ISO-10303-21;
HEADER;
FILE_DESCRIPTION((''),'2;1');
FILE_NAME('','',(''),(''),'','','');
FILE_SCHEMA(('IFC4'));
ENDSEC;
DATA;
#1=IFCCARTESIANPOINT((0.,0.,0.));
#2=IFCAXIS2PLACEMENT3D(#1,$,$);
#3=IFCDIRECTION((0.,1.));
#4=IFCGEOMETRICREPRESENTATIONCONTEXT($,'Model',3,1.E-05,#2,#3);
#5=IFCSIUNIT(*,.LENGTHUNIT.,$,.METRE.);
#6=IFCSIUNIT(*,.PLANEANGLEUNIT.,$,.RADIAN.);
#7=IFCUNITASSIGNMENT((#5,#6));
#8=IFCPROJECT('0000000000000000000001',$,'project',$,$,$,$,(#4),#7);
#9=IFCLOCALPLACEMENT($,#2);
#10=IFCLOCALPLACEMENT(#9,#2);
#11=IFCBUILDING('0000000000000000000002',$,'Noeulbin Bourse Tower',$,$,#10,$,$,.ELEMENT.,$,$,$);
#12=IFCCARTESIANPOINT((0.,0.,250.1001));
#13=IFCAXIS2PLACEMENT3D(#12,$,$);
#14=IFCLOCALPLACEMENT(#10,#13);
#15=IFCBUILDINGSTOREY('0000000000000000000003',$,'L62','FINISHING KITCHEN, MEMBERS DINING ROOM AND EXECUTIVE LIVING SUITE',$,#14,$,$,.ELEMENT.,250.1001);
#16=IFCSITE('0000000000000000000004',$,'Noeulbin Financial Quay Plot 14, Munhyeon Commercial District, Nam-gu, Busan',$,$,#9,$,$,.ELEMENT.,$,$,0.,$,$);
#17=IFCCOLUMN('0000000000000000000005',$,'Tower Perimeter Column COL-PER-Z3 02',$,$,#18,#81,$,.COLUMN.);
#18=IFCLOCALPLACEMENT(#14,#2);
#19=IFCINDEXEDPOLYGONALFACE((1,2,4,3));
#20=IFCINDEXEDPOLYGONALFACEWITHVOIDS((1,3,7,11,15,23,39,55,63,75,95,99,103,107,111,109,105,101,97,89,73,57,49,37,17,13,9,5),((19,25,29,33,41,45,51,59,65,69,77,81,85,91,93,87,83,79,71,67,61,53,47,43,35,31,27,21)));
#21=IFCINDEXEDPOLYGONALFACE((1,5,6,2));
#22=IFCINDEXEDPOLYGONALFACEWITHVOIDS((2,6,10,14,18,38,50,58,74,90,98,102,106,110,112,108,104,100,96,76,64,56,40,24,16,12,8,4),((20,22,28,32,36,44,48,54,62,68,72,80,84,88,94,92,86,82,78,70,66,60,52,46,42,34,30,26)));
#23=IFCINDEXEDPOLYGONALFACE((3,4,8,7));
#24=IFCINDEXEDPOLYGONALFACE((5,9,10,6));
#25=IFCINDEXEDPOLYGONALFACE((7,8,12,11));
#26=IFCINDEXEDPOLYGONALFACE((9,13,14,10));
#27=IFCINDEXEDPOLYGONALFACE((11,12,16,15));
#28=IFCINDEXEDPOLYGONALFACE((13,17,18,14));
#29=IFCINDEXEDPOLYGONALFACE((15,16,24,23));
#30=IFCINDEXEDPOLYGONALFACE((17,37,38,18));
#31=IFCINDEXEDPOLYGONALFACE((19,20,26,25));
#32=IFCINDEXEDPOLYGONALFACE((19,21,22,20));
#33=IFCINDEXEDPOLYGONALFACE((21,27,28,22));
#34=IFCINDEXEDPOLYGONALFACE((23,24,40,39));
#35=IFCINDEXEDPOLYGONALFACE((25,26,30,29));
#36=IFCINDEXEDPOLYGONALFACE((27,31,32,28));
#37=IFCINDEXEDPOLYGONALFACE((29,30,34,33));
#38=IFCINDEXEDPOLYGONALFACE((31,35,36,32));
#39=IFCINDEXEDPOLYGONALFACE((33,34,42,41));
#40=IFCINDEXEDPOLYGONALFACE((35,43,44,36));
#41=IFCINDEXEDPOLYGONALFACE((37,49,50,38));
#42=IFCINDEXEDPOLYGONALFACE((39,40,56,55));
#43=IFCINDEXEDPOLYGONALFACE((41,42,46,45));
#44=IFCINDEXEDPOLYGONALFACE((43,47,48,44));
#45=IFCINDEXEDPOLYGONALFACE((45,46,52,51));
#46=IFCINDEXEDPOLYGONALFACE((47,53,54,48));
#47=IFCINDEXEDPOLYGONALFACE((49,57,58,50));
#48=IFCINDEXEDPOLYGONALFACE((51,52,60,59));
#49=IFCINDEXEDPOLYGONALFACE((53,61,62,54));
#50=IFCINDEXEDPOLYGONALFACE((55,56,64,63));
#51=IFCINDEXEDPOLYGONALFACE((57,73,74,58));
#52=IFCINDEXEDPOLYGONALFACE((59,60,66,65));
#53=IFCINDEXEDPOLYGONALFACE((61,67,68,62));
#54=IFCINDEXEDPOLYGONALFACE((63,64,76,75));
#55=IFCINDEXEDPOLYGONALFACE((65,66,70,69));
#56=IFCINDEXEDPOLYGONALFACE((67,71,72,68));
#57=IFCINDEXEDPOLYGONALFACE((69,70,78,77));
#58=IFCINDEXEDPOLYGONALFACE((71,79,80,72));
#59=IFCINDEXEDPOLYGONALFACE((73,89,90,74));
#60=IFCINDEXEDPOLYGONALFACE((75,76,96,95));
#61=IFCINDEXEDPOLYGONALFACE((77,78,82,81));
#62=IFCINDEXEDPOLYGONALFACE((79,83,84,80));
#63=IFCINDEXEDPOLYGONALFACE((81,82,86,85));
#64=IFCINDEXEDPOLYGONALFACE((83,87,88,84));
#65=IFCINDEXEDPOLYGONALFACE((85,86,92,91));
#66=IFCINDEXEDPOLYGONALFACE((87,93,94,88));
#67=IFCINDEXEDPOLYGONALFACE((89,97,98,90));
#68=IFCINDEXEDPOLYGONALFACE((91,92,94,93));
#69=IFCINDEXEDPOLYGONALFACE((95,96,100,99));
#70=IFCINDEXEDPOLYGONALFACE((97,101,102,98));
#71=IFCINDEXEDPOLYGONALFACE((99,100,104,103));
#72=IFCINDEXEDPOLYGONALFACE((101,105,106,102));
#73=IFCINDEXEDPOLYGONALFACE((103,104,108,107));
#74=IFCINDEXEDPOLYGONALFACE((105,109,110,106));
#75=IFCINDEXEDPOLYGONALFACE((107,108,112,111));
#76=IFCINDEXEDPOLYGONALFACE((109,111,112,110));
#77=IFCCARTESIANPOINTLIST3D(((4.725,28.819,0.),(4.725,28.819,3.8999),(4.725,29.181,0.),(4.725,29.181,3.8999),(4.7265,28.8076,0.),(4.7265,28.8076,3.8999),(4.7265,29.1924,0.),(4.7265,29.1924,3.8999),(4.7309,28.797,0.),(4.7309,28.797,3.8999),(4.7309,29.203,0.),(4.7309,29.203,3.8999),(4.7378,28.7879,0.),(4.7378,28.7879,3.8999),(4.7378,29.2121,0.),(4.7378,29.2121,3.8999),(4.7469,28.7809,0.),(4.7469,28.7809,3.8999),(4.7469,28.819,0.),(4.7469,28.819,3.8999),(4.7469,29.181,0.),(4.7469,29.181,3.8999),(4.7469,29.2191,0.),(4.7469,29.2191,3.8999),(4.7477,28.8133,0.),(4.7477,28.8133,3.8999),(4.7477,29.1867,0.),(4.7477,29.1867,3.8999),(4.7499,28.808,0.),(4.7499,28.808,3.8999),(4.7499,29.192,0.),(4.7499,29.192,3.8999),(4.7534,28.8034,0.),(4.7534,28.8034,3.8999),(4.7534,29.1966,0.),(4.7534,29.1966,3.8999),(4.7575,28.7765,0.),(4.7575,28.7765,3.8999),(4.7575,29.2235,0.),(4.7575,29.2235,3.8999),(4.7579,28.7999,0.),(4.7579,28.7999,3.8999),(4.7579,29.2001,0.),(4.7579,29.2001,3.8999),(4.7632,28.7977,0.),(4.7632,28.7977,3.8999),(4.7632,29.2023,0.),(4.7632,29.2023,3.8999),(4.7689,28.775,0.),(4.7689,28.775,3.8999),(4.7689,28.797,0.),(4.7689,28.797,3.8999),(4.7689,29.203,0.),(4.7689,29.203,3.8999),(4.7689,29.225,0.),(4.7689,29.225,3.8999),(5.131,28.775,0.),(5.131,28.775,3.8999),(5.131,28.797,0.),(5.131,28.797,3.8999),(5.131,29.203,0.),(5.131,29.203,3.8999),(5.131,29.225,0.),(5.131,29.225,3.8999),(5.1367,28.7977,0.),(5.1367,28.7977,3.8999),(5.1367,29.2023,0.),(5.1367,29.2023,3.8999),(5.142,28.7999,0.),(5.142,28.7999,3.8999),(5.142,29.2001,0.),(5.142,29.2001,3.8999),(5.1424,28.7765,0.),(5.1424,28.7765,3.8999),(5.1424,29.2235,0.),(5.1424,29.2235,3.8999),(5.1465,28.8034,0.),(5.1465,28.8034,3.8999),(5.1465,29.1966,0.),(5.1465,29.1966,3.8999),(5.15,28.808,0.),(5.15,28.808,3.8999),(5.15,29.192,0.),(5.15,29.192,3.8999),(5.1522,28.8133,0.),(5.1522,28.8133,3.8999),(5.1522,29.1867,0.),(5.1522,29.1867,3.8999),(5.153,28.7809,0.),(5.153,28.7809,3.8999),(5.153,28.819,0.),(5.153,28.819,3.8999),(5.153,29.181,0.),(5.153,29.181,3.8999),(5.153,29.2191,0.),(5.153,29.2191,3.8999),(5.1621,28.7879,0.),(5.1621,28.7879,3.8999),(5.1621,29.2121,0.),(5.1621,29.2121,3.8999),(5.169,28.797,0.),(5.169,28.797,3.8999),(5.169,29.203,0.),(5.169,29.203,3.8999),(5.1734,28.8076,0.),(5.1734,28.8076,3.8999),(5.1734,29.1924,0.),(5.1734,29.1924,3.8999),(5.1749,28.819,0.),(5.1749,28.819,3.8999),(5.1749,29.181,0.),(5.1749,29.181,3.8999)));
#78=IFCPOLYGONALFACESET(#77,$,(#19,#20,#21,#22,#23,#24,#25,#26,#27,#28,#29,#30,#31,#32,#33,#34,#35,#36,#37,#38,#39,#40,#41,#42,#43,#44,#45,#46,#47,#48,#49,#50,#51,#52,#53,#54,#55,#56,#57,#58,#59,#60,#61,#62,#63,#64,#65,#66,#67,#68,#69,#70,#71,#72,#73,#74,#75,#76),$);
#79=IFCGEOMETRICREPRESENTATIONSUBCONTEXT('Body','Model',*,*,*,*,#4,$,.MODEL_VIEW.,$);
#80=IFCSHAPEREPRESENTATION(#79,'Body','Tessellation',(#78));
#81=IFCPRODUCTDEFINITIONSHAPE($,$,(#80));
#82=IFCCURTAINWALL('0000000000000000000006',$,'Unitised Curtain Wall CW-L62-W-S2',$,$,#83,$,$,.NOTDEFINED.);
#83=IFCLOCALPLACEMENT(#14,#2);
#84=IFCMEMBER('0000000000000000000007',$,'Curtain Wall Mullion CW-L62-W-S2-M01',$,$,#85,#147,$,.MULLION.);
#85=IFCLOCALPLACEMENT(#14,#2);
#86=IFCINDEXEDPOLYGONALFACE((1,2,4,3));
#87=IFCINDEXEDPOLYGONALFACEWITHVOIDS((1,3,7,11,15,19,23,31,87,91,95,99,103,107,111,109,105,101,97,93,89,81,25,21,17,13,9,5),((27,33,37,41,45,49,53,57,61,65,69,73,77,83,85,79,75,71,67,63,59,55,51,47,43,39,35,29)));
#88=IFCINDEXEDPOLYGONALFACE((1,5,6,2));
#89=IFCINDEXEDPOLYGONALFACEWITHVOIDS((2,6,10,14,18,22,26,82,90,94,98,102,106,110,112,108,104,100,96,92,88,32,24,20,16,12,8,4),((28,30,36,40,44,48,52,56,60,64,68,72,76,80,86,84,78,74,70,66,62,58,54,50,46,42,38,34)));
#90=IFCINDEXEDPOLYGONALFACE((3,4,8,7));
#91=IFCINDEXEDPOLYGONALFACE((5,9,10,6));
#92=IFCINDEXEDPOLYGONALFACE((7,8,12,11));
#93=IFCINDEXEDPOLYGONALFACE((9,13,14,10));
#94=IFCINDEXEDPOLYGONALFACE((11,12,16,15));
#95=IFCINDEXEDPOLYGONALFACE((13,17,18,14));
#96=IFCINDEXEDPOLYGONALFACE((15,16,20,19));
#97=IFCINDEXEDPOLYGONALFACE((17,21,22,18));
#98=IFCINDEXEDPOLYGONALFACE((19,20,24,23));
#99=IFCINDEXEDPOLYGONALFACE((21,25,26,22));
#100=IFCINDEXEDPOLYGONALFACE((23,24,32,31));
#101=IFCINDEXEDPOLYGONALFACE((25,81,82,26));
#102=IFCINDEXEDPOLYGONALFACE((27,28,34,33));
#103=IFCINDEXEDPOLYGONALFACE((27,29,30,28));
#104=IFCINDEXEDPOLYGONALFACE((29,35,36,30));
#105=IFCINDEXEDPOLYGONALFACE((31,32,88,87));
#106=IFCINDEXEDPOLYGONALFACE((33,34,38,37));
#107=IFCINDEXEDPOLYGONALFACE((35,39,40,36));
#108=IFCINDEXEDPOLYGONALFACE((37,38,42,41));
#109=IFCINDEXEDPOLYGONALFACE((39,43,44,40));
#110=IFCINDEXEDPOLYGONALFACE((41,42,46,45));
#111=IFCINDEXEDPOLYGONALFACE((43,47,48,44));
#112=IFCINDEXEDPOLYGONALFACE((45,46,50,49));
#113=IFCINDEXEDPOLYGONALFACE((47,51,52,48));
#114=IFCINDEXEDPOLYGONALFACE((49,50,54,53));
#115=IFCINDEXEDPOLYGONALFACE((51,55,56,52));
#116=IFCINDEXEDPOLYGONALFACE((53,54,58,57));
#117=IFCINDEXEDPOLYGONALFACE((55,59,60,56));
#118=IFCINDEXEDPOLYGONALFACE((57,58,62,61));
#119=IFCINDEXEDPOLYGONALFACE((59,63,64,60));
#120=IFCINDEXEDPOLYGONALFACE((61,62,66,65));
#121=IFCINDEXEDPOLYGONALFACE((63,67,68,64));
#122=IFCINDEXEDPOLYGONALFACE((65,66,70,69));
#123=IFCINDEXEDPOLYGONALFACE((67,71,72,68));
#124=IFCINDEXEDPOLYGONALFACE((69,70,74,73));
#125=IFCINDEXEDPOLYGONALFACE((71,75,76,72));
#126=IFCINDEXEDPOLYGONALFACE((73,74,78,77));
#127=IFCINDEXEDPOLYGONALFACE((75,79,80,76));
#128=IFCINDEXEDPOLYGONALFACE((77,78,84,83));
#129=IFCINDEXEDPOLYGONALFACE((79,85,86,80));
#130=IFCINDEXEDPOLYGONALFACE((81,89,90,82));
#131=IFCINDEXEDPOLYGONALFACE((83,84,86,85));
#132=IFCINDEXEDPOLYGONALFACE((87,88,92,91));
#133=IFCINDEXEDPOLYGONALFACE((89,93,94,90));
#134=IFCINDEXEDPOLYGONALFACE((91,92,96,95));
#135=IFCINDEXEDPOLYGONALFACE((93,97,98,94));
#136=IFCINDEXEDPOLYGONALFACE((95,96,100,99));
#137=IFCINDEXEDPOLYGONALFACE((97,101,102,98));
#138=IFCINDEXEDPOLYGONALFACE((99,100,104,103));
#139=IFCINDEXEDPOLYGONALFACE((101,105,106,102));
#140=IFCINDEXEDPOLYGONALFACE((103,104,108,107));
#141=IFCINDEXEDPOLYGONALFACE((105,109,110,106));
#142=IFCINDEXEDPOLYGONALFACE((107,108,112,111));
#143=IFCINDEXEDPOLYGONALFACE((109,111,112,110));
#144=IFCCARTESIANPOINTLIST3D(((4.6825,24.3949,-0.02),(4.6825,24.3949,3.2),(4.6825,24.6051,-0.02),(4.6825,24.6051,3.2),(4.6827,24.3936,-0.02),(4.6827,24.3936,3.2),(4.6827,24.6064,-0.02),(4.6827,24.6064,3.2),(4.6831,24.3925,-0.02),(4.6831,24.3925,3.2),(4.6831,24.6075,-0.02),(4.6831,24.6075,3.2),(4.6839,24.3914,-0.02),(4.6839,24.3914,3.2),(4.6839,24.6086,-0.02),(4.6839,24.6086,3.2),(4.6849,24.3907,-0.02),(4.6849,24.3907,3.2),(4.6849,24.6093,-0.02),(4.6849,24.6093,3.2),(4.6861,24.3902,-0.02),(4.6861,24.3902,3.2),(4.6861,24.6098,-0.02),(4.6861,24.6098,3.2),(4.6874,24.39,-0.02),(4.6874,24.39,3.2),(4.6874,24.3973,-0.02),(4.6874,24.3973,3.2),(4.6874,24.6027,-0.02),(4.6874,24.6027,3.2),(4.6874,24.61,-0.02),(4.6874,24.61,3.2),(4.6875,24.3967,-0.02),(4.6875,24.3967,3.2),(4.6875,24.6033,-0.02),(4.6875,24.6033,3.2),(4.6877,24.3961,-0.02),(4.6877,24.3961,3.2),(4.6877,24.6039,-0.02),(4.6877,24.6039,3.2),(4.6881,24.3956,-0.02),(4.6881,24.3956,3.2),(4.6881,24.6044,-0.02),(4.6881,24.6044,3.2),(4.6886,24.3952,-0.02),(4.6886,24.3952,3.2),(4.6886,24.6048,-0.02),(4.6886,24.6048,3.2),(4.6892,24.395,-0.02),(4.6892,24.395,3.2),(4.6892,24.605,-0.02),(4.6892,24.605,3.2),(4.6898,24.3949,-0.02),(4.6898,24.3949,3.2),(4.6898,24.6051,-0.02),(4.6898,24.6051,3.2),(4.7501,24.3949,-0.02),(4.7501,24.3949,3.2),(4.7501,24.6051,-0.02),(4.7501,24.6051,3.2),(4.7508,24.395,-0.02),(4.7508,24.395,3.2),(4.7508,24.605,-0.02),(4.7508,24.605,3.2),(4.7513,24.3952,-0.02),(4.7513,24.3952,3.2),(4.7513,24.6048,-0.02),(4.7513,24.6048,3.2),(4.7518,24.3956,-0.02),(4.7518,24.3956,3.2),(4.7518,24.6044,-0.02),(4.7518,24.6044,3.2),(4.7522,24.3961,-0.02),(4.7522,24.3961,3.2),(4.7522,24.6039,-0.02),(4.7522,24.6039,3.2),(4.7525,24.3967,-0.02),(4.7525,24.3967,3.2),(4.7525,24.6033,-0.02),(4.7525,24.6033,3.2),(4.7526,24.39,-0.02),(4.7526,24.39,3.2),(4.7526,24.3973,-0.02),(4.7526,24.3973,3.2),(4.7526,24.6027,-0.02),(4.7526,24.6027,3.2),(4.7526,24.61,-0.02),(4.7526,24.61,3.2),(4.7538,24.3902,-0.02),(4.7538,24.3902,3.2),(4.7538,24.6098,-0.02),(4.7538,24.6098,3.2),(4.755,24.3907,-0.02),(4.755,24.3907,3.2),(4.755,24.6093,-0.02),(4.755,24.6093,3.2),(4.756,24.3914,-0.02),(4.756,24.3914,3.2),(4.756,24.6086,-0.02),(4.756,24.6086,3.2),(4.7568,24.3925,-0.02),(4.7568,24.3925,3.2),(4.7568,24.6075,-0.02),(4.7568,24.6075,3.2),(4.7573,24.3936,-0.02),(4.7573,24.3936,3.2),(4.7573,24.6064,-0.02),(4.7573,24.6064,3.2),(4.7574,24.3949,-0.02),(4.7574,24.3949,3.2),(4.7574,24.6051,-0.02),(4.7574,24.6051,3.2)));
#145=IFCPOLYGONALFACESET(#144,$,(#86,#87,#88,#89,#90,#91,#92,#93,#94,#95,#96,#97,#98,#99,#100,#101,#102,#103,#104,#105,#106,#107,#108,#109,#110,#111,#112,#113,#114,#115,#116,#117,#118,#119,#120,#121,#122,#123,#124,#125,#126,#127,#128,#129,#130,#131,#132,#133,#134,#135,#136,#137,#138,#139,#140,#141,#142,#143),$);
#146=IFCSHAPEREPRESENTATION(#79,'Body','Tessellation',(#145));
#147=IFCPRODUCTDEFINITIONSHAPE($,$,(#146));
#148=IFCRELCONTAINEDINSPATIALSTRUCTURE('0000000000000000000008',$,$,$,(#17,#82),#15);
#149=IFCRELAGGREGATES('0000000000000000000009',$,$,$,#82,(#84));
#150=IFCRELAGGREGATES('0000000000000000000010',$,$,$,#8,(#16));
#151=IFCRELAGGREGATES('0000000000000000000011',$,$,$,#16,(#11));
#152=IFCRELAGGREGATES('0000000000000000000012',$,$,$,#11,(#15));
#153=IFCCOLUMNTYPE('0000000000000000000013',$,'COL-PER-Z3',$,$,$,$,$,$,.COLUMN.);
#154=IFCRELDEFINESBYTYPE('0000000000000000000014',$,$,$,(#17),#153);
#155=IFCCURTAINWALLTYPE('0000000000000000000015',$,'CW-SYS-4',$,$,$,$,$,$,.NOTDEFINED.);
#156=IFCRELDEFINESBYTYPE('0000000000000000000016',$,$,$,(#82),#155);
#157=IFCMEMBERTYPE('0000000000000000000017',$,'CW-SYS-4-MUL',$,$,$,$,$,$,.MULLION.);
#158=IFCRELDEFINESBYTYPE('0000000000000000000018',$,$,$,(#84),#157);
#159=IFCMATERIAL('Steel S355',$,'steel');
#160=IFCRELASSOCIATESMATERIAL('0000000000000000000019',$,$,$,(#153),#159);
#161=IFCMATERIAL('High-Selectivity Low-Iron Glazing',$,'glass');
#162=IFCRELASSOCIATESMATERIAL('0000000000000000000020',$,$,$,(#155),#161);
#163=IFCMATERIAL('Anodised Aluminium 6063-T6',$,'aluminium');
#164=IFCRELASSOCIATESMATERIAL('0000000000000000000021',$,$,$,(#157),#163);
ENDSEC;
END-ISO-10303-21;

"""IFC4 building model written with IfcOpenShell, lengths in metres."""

from ifc_helpers import new_model, si_unit, direction, frame, origin, origin_2d, place, context, subcontext, project, spatial, hollow_rectangle, extrude, material, material_profile, profile_set, type_object, element, aggregate, save


model = new_model("IFC4")

# Units and contexts
model_context = context("Model", 3, precision=1e-05, world=origin(), true_north=direction((0.0, 1.0)))
body_context = subcontext(model_context, "Body", "Model", "MODEL_VIEW")
ifc_project = project(units=[si_unit("LENGTHUNIT", "METRE"), si_unit("PLANEANGLEUNIT", "RADIAN")], contexts=[model_context])

# Site, building, storey
site_placement = place(None, origin())
site = spatial("IfcSite", under=ifc_project, at=site_placement, Name="Noeulbin Financial Quay Plot 14, Munhyeon Commercial District, Nam-gu, Busan", CompositionType="ELEMENT", RefElevation=0.0)
building_placement = place(site_placement, origin())
building = spatial("IfcBuilding", under=site, at=building_placement, Name="Noeulbin Bourse Tower", CompositionType="ELEMENT")
storey_placement = place(building_placement, frame((0.0, 0.0, 250.1001)))
storey = spatial("IfcBuildingStorey", under=building, at=storey_placement, Name="L62", Description="FINISHING KITCHEN, MEMBERS DINING ROOM AND EXECUTIVE LIVING SUITE", CompositionType="ELEMENT", Elevation=250.1001)

# Column
ifc_material_1 = material(Name="Steel S355", Category="steel")
ifc_material_profile_1 = material_profile(ifc_material_1, hollow_rectangle(XDim=0.45, YDim=0.45, WallThickness=0.022, InnerFilletRadius=0.022, OuterFilletRadius=0.0439, at=origin_2d()), Name="SHS-450x450x22", Category="LoadBearing")
ifc_profile_set_1 = profile_set([ifc_material_profile_1], Name="Steel S355")
column_type = type_object("IfcColumnType", Name="COL-PER-Z3", PredefinedType="COLUMN", material=ifc_profile_set_1)
column_placement = place(storey_placement, frame((4.95, 29.0, 0.0), z_axis=(0.0, 0.0, 1.0), x_axis=(1.0, 0.0, 0.0)))
element("IfcColumn", 1, at=column_placement, inside=storey, type_object=column_type, Name="Tower Perimeter Column COL-PER-Z3 02", PredefinedType="COLUMN", context=body_context, shape_type="SweptSolid", body=[
    extrude(hollow_rectangle(XDim=0.45, YDim=0.45, WallThickness=0.022, InnerFilletRadius=0.022, OuterFilletRadius=0.0439, at=origin_2d()), origin(), (0.0, 0.0, 1.0), 3.8999),
])

# Curtain wall, member
ifc_material_2 = material(Name="High-Selectivity Low-Iron Glazing", Category="glass")
curtain_wall_type = type_object("IfcCurtainWallType", Name="CW-SYS-4", PredefinedType="NOTDEFINED", material=ifc_material_2)
curtain_wall_1_placement = place(storey_placement, origin())
curtain_wall_1 = element("IfcCurtainWall", 2, at=curtain_wall_1_placement, inside=storey, type_object=curtain_wall_type, Name="Unitised Curtain Wall CW-L62-W-S2", PredefinedType="NOTDEFINED")
ifc_material_3 = material(Name="Anodised Aluminium 6063-T6", Category="aluminium")
ifc_material_profile_2 = material_profile(ifc_material_3, hollow_rectangle(XDim=0.075, YDim=0.22, WallThickness=0.0049, InnerFilletRadius=0.0024, OuterFilletRadius=0.0049, at=origin_2d()), Name="ALU-MULL-75x220x5", Category="LoadBearing")
ifc_profile_set_2 = profile_set([ifc_material_profile_2], Name="Anodised Aluminium 6063-T6")
member_type = type_object("IfcMemberType", Name="CW-SYS-4-MUL", PredefinedType="MULLION", material=ifc_profile_set_2)
member_1_placement = place(storey_placement, frame((4.72, 24.5, -0.02), z_axis=(0.0, 0.0, 1.0), x_axis=(1.0, 0.0, 0.0)))
member_1 = element("IfcMember", 3, at=member_1_placement, type_object=member_type, Name="Curtain Wall Mullion CW-L62-W-S2-M01", PredefinedType="MULLION", context=body_context, shape_type="SweptSolid", body=[
    extrude(hollow_rectangle(XDim=0.075, YDim=0.22, WallThickness=0.0049, InnerFilletRadius=0.0024, OuterFilletRadius=0.0049, at=origin_2d()), origin(), (0.0, 0.0, 1.0), 3.22),
])

aggregate(curtain_wall_1, [member_1])

save(model, "model.ifc")
